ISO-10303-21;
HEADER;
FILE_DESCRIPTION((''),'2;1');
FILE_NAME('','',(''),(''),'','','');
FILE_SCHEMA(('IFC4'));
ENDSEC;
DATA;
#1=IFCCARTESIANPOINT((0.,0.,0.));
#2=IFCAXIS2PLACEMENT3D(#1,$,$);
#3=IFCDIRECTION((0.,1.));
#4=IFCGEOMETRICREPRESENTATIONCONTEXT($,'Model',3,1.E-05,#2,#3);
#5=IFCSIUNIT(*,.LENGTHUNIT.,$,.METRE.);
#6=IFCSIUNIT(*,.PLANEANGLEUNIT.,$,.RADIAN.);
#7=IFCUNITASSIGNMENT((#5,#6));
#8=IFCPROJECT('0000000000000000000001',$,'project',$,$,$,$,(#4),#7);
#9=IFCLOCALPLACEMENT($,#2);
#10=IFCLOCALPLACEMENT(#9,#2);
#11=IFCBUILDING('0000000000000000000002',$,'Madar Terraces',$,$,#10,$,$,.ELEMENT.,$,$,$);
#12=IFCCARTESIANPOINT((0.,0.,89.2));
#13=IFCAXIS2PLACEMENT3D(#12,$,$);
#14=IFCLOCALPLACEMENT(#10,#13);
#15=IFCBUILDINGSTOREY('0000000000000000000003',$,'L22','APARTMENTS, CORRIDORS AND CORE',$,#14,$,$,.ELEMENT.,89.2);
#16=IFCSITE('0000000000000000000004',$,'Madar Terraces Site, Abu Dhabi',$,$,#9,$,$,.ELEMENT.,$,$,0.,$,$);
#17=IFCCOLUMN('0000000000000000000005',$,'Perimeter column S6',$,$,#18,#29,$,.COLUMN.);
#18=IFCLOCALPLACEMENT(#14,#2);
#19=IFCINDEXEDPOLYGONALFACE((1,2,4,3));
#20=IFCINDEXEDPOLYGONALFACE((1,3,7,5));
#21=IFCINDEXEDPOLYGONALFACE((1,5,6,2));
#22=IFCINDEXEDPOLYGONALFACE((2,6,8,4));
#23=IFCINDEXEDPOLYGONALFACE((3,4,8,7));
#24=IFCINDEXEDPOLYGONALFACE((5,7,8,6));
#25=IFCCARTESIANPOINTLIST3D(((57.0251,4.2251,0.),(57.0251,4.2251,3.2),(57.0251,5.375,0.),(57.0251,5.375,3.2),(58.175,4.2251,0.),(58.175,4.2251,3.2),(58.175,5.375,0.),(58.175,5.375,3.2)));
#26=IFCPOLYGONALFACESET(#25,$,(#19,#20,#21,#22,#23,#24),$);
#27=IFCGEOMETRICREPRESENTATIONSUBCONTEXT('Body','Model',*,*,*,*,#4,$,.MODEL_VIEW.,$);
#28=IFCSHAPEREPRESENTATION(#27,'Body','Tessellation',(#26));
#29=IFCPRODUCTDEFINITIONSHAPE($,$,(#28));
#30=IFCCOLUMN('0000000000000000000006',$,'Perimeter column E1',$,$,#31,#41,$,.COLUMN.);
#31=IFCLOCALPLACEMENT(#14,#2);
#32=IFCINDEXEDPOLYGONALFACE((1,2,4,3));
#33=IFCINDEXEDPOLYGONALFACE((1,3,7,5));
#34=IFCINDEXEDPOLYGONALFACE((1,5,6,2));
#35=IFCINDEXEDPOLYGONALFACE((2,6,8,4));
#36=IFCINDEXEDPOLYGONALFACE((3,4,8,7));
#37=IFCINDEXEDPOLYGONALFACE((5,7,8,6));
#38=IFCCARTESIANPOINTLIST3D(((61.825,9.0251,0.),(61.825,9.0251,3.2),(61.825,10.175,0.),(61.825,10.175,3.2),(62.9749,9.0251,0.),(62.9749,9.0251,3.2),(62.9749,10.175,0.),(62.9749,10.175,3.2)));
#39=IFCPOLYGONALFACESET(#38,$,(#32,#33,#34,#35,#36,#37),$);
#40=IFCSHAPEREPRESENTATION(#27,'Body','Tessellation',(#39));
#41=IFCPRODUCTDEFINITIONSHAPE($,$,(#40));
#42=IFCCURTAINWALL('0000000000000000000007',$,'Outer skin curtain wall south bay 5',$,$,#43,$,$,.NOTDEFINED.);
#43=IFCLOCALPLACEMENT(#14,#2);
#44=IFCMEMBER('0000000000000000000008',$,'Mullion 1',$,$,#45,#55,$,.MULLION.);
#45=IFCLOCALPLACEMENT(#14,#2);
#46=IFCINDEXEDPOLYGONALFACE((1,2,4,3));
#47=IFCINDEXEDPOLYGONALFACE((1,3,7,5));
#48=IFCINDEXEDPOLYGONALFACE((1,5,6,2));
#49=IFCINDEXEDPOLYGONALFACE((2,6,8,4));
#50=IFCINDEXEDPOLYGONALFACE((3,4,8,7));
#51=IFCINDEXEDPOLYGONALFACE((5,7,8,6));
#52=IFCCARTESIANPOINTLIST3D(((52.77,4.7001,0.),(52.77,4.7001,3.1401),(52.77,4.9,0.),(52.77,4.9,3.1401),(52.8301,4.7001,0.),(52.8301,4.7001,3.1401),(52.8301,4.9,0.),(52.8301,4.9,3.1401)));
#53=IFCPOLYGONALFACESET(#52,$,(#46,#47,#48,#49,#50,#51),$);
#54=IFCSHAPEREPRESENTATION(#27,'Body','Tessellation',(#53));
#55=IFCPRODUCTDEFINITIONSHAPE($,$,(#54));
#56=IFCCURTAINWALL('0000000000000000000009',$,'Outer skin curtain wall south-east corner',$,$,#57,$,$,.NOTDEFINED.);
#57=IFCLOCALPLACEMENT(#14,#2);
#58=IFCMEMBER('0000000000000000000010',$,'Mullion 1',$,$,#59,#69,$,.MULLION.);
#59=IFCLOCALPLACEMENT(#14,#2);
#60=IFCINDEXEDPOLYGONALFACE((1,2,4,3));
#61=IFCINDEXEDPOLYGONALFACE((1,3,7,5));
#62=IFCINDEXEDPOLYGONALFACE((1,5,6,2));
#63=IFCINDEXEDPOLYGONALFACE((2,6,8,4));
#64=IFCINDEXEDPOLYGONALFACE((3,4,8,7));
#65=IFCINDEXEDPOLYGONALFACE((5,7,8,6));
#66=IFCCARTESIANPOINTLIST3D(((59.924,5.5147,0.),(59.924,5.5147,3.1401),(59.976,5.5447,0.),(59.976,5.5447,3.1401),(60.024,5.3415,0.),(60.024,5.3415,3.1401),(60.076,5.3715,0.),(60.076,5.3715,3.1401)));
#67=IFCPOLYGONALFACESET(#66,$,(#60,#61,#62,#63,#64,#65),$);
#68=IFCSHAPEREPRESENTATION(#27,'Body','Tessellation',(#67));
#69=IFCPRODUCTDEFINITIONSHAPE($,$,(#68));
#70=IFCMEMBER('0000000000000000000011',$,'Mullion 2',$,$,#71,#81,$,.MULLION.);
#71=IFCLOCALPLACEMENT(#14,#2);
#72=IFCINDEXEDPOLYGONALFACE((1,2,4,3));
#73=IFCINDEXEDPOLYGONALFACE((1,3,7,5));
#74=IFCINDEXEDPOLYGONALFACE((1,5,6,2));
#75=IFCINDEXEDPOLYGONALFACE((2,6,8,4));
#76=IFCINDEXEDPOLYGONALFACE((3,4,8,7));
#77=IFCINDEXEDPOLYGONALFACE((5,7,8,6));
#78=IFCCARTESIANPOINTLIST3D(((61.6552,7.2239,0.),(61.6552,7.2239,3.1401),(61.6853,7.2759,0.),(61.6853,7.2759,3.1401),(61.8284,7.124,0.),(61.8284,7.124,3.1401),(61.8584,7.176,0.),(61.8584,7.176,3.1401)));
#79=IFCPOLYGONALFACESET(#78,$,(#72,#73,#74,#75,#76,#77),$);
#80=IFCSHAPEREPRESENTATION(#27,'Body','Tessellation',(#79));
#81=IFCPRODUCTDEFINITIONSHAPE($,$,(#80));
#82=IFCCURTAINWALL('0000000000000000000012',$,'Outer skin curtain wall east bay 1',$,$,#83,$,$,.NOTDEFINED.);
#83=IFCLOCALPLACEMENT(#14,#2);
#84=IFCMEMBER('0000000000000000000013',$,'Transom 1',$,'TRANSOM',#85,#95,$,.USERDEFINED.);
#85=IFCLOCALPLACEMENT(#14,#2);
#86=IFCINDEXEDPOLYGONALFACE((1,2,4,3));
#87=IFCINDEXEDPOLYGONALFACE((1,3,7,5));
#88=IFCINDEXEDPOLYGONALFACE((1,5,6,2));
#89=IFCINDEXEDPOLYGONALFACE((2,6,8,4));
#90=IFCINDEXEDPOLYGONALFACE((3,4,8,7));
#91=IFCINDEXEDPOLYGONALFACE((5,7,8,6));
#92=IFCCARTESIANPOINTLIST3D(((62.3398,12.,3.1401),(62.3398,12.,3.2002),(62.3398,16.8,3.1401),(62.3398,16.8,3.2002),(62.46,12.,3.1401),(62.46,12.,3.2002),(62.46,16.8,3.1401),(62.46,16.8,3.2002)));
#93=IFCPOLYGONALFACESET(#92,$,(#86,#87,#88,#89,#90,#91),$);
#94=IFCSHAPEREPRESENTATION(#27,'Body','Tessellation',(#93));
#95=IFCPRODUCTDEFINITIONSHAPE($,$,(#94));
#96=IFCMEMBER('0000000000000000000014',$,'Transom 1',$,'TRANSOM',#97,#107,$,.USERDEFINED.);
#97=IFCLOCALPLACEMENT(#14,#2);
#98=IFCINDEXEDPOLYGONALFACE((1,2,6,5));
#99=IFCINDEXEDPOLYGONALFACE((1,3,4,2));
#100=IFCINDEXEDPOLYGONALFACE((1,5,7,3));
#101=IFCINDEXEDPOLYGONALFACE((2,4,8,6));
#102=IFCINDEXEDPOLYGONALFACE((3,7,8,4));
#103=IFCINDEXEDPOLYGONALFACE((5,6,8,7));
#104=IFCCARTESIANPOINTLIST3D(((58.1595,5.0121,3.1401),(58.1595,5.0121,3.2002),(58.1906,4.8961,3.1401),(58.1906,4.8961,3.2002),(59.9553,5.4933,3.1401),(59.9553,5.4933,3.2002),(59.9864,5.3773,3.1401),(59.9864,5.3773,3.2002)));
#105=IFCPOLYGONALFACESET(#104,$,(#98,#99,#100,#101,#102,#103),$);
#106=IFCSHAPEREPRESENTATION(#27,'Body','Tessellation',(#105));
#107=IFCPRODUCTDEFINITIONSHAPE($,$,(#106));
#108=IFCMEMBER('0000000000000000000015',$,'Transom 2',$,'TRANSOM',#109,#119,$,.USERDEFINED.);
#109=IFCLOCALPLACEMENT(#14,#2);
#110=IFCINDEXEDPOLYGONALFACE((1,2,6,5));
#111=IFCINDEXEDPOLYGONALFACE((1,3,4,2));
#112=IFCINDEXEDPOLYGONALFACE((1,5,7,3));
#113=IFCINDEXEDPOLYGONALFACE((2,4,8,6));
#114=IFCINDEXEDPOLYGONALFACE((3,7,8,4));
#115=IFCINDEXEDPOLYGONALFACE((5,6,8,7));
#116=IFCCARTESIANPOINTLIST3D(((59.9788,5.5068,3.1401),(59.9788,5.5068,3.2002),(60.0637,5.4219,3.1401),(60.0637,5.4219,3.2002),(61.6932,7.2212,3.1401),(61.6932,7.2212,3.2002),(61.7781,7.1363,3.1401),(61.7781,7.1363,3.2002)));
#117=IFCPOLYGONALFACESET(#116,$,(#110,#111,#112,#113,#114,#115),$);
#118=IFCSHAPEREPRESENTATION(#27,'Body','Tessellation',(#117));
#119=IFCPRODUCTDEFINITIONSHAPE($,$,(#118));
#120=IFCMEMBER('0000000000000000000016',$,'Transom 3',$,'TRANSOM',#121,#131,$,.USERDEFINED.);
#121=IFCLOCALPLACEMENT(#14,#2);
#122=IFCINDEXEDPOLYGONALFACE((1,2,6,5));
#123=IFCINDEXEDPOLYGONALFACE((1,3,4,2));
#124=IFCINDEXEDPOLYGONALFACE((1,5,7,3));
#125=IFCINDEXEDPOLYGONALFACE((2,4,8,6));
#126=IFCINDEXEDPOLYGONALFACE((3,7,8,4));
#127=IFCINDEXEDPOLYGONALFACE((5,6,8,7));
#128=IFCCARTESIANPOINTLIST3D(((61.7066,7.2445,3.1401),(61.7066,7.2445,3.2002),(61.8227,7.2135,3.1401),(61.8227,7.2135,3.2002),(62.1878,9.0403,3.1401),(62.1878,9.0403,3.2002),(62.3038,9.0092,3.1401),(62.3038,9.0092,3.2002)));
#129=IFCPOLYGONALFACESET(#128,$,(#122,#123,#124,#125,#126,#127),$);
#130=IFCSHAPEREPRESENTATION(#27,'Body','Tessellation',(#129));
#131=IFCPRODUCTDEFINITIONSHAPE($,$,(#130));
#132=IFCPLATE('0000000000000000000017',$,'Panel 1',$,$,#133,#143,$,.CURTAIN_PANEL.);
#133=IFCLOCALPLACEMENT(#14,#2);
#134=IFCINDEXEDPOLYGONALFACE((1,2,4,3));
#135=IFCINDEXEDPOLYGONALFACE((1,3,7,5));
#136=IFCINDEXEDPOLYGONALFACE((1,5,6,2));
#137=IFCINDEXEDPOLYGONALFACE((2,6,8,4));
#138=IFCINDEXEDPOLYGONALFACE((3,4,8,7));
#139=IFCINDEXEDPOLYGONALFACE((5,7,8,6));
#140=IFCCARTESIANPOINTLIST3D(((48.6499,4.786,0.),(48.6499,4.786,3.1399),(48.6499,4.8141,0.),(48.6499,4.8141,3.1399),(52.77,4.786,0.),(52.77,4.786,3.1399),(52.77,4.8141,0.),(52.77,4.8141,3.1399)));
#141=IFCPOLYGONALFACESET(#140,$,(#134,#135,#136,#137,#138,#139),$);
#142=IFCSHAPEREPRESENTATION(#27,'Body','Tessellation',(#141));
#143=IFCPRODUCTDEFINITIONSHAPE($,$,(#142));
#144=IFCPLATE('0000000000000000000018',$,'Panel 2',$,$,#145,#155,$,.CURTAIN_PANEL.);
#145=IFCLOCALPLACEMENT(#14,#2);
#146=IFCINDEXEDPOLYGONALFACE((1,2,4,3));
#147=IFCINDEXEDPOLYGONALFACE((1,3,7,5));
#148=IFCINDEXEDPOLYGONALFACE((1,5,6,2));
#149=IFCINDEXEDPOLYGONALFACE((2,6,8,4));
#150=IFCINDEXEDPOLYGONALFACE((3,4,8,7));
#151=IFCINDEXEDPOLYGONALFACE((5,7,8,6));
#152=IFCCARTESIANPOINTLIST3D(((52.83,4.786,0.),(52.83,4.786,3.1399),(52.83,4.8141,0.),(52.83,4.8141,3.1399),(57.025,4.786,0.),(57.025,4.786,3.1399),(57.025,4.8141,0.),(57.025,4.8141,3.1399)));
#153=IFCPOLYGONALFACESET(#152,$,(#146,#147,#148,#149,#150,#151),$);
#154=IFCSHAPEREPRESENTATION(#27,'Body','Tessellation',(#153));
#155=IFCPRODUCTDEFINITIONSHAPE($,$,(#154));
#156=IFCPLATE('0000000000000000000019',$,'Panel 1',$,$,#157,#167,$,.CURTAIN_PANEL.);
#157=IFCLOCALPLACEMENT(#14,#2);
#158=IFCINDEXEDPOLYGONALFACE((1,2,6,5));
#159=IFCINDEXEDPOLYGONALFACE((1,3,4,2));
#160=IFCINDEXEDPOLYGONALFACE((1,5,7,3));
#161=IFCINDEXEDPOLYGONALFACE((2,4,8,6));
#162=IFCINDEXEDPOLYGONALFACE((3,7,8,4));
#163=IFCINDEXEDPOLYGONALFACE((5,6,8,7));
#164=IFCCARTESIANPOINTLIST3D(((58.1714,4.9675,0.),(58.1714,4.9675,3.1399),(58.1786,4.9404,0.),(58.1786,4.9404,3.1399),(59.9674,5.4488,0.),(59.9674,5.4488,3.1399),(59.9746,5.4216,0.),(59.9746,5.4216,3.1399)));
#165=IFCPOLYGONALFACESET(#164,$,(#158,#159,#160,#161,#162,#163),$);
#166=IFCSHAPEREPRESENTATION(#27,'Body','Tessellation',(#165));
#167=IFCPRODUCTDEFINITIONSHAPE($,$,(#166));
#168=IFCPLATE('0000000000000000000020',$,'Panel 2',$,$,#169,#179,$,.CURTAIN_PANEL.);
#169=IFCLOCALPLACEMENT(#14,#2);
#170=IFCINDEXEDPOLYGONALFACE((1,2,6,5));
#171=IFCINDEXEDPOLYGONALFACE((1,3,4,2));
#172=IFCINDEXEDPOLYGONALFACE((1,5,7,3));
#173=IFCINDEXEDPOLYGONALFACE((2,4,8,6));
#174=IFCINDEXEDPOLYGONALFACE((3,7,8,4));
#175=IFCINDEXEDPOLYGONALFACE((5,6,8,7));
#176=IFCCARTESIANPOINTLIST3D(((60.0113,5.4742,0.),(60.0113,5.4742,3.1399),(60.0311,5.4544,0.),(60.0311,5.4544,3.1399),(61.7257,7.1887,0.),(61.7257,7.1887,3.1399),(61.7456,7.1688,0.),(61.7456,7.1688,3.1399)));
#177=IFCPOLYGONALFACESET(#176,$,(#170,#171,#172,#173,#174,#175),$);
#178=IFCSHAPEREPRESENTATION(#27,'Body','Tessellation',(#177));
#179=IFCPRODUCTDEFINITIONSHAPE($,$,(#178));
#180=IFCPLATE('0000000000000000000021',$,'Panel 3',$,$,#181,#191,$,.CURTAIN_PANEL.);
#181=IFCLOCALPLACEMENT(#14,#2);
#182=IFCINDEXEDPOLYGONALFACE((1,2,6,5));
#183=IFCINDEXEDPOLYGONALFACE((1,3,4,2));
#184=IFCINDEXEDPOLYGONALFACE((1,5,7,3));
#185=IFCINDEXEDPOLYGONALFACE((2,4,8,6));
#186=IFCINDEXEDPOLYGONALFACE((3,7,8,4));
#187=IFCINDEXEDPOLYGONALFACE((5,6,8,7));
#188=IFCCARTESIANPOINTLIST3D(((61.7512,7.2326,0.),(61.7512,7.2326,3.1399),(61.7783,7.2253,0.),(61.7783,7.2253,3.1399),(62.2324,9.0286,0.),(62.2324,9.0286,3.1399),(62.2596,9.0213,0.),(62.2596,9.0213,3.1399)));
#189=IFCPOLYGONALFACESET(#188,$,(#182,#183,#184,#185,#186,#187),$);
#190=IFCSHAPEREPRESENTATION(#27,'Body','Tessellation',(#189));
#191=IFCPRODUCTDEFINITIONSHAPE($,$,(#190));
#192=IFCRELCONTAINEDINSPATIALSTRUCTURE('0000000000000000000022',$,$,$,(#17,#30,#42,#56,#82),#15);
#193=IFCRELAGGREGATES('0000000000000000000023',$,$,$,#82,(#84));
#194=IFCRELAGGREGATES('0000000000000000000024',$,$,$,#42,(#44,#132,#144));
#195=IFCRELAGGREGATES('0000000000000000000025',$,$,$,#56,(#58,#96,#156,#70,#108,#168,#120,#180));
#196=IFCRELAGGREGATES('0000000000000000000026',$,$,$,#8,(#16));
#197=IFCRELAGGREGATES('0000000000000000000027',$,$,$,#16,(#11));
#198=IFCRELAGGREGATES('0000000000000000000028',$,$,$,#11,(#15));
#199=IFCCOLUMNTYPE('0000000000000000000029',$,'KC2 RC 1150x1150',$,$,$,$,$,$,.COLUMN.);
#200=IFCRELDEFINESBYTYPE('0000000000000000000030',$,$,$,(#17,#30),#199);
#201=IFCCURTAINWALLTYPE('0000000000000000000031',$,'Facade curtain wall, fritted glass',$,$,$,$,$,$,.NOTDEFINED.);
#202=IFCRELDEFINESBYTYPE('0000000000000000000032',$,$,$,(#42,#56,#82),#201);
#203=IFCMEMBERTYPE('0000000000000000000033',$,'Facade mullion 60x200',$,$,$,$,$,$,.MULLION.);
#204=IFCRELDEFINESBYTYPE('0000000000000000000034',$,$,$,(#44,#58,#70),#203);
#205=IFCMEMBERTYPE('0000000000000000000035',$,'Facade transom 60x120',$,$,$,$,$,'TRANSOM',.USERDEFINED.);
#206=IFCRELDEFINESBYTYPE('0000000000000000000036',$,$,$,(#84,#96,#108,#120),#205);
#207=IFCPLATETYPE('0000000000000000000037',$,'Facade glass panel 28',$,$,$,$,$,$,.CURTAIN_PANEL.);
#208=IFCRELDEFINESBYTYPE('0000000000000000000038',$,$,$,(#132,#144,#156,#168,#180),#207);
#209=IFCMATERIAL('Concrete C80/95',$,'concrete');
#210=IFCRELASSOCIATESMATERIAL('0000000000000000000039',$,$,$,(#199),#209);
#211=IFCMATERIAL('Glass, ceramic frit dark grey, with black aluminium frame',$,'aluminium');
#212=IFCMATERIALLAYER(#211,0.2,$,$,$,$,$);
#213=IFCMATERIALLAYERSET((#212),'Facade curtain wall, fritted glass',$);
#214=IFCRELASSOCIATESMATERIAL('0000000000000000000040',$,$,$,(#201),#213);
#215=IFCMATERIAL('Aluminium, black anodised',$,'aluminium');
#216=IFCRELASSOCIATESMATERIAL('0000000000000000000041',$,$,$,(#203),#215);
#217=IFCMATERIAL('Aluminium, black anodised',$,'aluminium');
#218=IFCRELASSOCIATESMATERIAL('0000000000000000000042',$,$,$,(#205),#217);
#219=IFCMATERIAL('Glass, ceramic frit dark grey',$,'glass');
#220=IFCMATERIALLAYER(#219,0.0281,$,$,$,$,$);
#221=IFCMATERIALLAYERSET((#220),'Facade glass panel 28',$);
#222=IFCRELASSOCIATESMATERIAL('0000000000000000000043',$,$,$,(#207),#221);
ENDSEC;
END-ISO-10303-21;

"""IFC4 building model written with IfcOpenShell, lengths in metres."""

from ifc_helpers import new_model, si_unit, direction, frame, origin, origin_2d, place, context, subcontext, project, spatial, rectangle, extrude, material, layer, layer_set, material_profile, profile_set, type_object, element, aggregate, save


model = new_model("IFC4")

# Units and contexts
model_context = context("Model", 3, precision=1e-05, world=origin(), true_north=direction((0.0, 1.0)))
body_context = subcontext(model_context, "Body", "Model", "MODEL_VIEW")
ifc_project = project(units=[si_unit("LENGTHUNIT", "METRE"), si_unit("PLANEANGLEUNIT", "RADIAN")], contexts=[model_context])

# Site, building, storey
site_placement = place(None, origin())
site = spatial("IfcSite", under=ifc_project, at=site_placement, Name="Madar Terraces Site, Abu Dhabi", CompositionType="ELEMENT", RefElevation=0.0)
building_placement = place(site_placement, origin())
building = spatial("IfcBuilding", under=site, at=building_placement, Name="Madar Terraces", CompositionType="ELEMENT")
storey_placement = place(building_placement, frame((0.0, 0.0, 89.2)))
storey = spatial("IfcBuildingStorey", under=building, at=storey_placement, Name="L22", Description="APARTMENTS, CORRIDORS AND CORE", CompositionType="ELEMENT", Elevation=89.2)

# Columns
ifc_material_1 = material(Name="Concrete C80/95", Category="concrete")
ifc_material_profile_1 = material_profile(ifc_material_1, rectangle(XDim=1.1499, YDim=1.1499, at=origin_2d()), Name="KC2 RC 1150x1150")
ifc_profile_set_1 = profile_set([ifc_material_profile_1], Name="Concrete C80/95")
column_type = type_object("IfcColumnType", Name="KC2 RC 1150x1150", PredefinedType="COLUMN", material=ifc_profile_set_1)
for number, where, z_axis, x_axis, name in (
    (1, (57.6001, 4.8, 0.0), (0.0, 0.0, 1.0), (1.0, 0.0, 0.0), "Perimeter column S6"),
    (2, (62.3999, 9.6001, 0.0), (0.0, 0.0, 1.0), (1.0, 0.0, 0.0), "Perimeter column E1"),
):
    element("IfcColumn", number, at=place(storey_placement, frame(where, z_axis=z_axis, x_axis=x_axis)), inside=storey, type_object=column_type, Name=name, PredefinedType="COLUMN", context=body_context, shape_type="SweptSolid", body=[
        extrude(rectangle(XDim=1.1499, YDim=1.1499, at=origin_2d()), origin(), (0.0, 0.0, 1.0), 3.2),
    ])

# Curtain wall, member
ifc_material_2 = material(Name="Glass, ceramic frit dark grey, with black aluminium frame", Category="aluminium")
ifc_layer_1 = layer(ifc_material_2, 0.2)
ifc_layer_set_1 = layer_set([ifc_layer_1], Name="Facade curtain wall, fritted glass")
curtain_wall_type = type_object("IfcCurtainWallType", Name="Facade curtain wall, fritted glass", PredefinedType="NOTDEFINED", material=ifc_layer_set_1)
curtain_wall_1_placement = place(storey_placement, origin())
curtain_wall_1 = element("IfcCurtainWall", 3, at=curtain_wall_1_placement, inside=storey, type_object=curtain_wall_type, Name="Outer skin curtain wall south bay 5", PredefinedType="NOTDEFINED")
ifc_material_3 = material(Name="Aluminium, black anodised", Category="aluminium")
ifc_material_profile_2 = material_profile(ifc_material_3, rectangle(XDim=0.2, YDim=0.0601, at=origin_2d()), Name="Facade mullion 60x200")
ifc_profile_set_2 = profile_set([ifc_material_profile_2], Name="Aluminium, black anodised")
member_type_1 = type_object("IfcMemberType", Name="Facade mullion 60x200", PredefinedType="MULLION", material=ifc_profile_set_2)
member_1_placement = place(storey_placement, frame((52.8, 4.8, 0.0), z_axis=(0.0, 0.0, 1.0), x_axis=(0.0, 1.0, 0.0)))
member_1 = element("IfcMember", 4, at=member_1_placement, type_object=member_type_1, Name="Mullion 1", PredefinedType="MULLION", context=body_context, shape_type="SweptSolid", body=[
    extrude(rectangle(XDim=0.2, YDim=0.0601, at=origin_2d()), origin(), (0.0, 0.0, 1.0), 3.1401),
])

# Curtain wall, members
curtain_wall_2_placement = place(storey_placement, origin())
curtain_wall_2 = element("IfcCurtainWall", 5, at=curtain_wall_2_placement, inside=storey, type_object=curtain_wall_type, Name="Outer skin curtain wall south-east corner", PredefinedType="NOTDEFINED")
member_2_placement = place(storey_placement, frame((60.0, 5.4431, 0.0), z_axis=(0.0, 0.0, 1.0), x_axis=(-0.5, 0.866025, 0.0)))
member_2 = element("IfcMember", 6, at=member_2_placement, type_object=member_type_1, Name="Mullion 1", PredefinedType="MULLION", context=body_context, shape_type="SweptSolid", body=[
    extrude(rectangle(XDim=0.2, YDim=0.0601, at=origin_2d()), origin(), (0.0, 0.0, 1.0), 3.1401),
])
member_3_placement = place(storey_placement, frame((61.7568, 7.2, 0.0), z_axis=(0.0, 0.0, 1.0), x_axis=(-0.866025, 0.5, 0.0)))
member_3 = element("IfcMember", 7, at=member_3_placement, type_object=member_type_1, Name="Mullion 2", PredefinedType="MULLION", context=body_context, shape_type="SweptSolid", body=[
    extrude(rectangle(XDim=0.2, YDim=0.0601, at=origin_2d()), origin(), (0.0, 0.0, 1.0), 3.1401),
])

# Curtain wall, member
curtain_wall_3_placement = place(storey_placement, origin())
curtain_wall_3 = element("IfcCurtainWall", 8, at=curtain_wall_3_placement, inside=storey, type_object=curtain_wall_type, Name="Outer skin curtain wall east bay 1", PredefinedType="NOTDEFINED")
ifc_material_4 = material(Name="Aluminium, black anodised", Category="aluminium")
ifc_material_profile_3 = material_profile(ifc_material_4, rectangle(XDim=0.1201, YDim=0.0601, at=origin_2d()), Name="Facade transom 60x120")
ifc_profile_set_3 = profile_set([ifc_material_profile_3], Name="Aluminium, black anodised")
member_type_2 = type_object("IfcMemberType", Name="Facade transom 60x120", ElementType="TRANSOM", PredefinedType="USERDEFINED", material=ifc_profile_set_3)
member_4_placement = place(storey_placement, frame((62.3999, 12.0, 3.1702), z_axis=(0.0, 1.0, 0.0), x_axis=(-1.0, 0.0, 0.0)))
member_4 = element("IfcMember", 9, at=member_4_placement, type_object=member_type_2, Name="Transom 1", ObjectType="TRANSOM", PredefinedType="USERDEFINED", context=body_context, shape_type="SweptSolid", body=[
    extrude(rectangle(XDim=0.1201, YDim=0.0601, at=origin_2d()), origin(), (0.0, 0.0, 1.0), 4.8),
])
aggregate(curtain_wall_3, [member_4])

# Members
member_5_placement = place(storey_placement, frame((58.175, 4.9541, 3.1702), z_axis=(0.965927, 0.258815, 0.0), x_axis=(-0.258815, 0.965927, 0.0)))
member_5 = element("IfcMember", 10, at=member_5_placement, type_object=member_type_2, Name="Transom 1", ObjectType="TRANSOM", PredefinedType="USERDEFINED", context=body_context, shape_type="SweptSolid", body=[
    extrude(rectangle(XDim=0.1201, YDim=0.0601, at=origin_2d()), origin(), (0.0, 0.0, 1.0), 1.8591),
])
member_6_placement = place(storey_placement, frame((60.0212, 5.4644, 3.1702), z_axis=(0.707107, 0.707107, 0.0), x_axis=(-0.707107, 0.707107, 0.0)))
member_6 = element("IfcMember", 11, at=member_6_placement, type_object=member_type_2, Name="Transom 2", ObjectType="TRANSOM", PredefinedType="USERDEFINED", context=body_context, shape_type="SweptSolid", body=[
    extrude(rectangle(XDim=0.1201, YDim=0.0601, at=origin_2d()), origin(), (0.0, 0.0, 1.0), 2.4246),
])
member_7_placement = place(storey_placement, frame((61.7646, 7.229, 3.1702), z_axis=(0.258815, 0.965927, 0.0), x_axis=(-0.965927, 0.258815, 0.0)))
member_7 = element("IfcMember", 12, at=member_7_placement, type_object=member_type_2, Name="Transom 3", ObjectType="TRANSOM", PredefinedType="USERDEFINED", context=body_context, shape_type="SweptSolid", body=[
    extrude(rectangle(XDim=0.1201, YDim=0.0601, at=origin_2d()), origin(), (0.0, 0.0, 1.0), 1.8591),
])

# Plates
ifc_material_5 = material(Name="Glass, ceramic frit dark grey", Category="glass")
ifc_layer_2 = layer(ifc_material_5, 0.0281)
ifc_layer_set_2 = layer_set([ifc_layer_2], Name="Facade glass panel 28")
plate_type = type_object("IfcPlateType", Name="Facade glass panel 28", PredefinedType="CURTAIN_PANEL", material=ifc_layer_set_2)
plate_1_placement = place(storey_placement, frame((50.71, 4.8, 0.0), z_axis=(0.0, 0.0, 1.0), x_axis=(1.0, 0.0, 0.0)))
plate_1 = element("IfcPlate", 13, at=plate_1_placement, type_object=plate_type, Name="Panel 1", PredefinedType="CURTAIN_PANEL", context=body_context, shape_type="SweptSolid", body=[
    extrude(rectangle(XDim=4.1201, YDim=0.0281, at=origin_2d()), origin(), (0.0, 0.0, 1.0), 3.1399),
])
plate_2_placement = place(storey_placement, frame((54.9275, 4.8, 0.0), z_axis=(0.0, 0.0, 1.0), x_axis=(1.0, 0.0, 0.0)))
plate_2 = element("IfcPlate", 14, at=plate_2_placement, type_object=plate_type, Name="Panel 2", PredefinedType="CURTAIN_PANEL", context=body_context, shape_type="SweptSolid", body=[
    extrude(rectangle(XDim=4.1951, YDim=0.0281, at=origin_2d()), origin(), (0.0, 0.0, 1.0), 3.1399),
])
aggregate(curtain_wall_1, [member_1, plate_1, plate_2])
plate_3_placement = place(storey_placement, frame((59.073, 5.1946, 0.0), z_axis=(0.0, 0.0, 1.0), x_axis=(0.965926, 0.258819, 0.0)))
plate_3 = element("IfcPlate", 15, at=plate_3_placement, type_object=plate_type, Name="Panel 1", PredefinedType="CURTAIN_PANEL", context=body_context, shape_type="SweptSolid", body=[
    extrude(rectangle(XDim=1.8594, YDim=0.0281, at=origin_2d()), origin(), (0.0, 0.0, 1.0), 3.1399),
])
plate_4_placement = place(storey_placement, frame((60.8784, 6.3215, 0.0), z_axis=(0.0, 0.0, 1.0), x_axis=(0.707107, 0.707107, 0.0)))
plate_4 = element("IfcPlate", 16, at=plate_4_placement, type_object=plate_type, Name="Panel 2", PredefinedType="CURTAIN_PANEL", context=body_context, shape_type="SweptSolid", body=[
    extrude(rectangle(XDim=2.4246, YDim=0.0281, at=origin_2d()), origin(), (0.0, 0.0, 1.0), 3.1399),
])
plate_5_placement = place(storey_placement, frame((62.0054, 8.127, 0.0), z_axis=(0.0, 0.0, 1.0), x_axis=(0.258819, 0.965926, 0.0)))
plate_5 = element("IfcPlate", 17, at=plate_5_placement, type_object=plate_type, Name="Panel 3", PredefinedType="CURTAIN_PANEL", context=body_context, shape_type="SweptSolid", body=[
    extrude(rectangle(XDim=1.8594, YDim=0.0281, at=origin_2d()), origin(), (0.0, 0.0, 1.0), 3.1399),
])
aggregate(curtain_wall_2, [member_2, member_5, plate_3, member_3, member_6, plate_4, member_7, plate_5])

save(model, "model.ifc")
